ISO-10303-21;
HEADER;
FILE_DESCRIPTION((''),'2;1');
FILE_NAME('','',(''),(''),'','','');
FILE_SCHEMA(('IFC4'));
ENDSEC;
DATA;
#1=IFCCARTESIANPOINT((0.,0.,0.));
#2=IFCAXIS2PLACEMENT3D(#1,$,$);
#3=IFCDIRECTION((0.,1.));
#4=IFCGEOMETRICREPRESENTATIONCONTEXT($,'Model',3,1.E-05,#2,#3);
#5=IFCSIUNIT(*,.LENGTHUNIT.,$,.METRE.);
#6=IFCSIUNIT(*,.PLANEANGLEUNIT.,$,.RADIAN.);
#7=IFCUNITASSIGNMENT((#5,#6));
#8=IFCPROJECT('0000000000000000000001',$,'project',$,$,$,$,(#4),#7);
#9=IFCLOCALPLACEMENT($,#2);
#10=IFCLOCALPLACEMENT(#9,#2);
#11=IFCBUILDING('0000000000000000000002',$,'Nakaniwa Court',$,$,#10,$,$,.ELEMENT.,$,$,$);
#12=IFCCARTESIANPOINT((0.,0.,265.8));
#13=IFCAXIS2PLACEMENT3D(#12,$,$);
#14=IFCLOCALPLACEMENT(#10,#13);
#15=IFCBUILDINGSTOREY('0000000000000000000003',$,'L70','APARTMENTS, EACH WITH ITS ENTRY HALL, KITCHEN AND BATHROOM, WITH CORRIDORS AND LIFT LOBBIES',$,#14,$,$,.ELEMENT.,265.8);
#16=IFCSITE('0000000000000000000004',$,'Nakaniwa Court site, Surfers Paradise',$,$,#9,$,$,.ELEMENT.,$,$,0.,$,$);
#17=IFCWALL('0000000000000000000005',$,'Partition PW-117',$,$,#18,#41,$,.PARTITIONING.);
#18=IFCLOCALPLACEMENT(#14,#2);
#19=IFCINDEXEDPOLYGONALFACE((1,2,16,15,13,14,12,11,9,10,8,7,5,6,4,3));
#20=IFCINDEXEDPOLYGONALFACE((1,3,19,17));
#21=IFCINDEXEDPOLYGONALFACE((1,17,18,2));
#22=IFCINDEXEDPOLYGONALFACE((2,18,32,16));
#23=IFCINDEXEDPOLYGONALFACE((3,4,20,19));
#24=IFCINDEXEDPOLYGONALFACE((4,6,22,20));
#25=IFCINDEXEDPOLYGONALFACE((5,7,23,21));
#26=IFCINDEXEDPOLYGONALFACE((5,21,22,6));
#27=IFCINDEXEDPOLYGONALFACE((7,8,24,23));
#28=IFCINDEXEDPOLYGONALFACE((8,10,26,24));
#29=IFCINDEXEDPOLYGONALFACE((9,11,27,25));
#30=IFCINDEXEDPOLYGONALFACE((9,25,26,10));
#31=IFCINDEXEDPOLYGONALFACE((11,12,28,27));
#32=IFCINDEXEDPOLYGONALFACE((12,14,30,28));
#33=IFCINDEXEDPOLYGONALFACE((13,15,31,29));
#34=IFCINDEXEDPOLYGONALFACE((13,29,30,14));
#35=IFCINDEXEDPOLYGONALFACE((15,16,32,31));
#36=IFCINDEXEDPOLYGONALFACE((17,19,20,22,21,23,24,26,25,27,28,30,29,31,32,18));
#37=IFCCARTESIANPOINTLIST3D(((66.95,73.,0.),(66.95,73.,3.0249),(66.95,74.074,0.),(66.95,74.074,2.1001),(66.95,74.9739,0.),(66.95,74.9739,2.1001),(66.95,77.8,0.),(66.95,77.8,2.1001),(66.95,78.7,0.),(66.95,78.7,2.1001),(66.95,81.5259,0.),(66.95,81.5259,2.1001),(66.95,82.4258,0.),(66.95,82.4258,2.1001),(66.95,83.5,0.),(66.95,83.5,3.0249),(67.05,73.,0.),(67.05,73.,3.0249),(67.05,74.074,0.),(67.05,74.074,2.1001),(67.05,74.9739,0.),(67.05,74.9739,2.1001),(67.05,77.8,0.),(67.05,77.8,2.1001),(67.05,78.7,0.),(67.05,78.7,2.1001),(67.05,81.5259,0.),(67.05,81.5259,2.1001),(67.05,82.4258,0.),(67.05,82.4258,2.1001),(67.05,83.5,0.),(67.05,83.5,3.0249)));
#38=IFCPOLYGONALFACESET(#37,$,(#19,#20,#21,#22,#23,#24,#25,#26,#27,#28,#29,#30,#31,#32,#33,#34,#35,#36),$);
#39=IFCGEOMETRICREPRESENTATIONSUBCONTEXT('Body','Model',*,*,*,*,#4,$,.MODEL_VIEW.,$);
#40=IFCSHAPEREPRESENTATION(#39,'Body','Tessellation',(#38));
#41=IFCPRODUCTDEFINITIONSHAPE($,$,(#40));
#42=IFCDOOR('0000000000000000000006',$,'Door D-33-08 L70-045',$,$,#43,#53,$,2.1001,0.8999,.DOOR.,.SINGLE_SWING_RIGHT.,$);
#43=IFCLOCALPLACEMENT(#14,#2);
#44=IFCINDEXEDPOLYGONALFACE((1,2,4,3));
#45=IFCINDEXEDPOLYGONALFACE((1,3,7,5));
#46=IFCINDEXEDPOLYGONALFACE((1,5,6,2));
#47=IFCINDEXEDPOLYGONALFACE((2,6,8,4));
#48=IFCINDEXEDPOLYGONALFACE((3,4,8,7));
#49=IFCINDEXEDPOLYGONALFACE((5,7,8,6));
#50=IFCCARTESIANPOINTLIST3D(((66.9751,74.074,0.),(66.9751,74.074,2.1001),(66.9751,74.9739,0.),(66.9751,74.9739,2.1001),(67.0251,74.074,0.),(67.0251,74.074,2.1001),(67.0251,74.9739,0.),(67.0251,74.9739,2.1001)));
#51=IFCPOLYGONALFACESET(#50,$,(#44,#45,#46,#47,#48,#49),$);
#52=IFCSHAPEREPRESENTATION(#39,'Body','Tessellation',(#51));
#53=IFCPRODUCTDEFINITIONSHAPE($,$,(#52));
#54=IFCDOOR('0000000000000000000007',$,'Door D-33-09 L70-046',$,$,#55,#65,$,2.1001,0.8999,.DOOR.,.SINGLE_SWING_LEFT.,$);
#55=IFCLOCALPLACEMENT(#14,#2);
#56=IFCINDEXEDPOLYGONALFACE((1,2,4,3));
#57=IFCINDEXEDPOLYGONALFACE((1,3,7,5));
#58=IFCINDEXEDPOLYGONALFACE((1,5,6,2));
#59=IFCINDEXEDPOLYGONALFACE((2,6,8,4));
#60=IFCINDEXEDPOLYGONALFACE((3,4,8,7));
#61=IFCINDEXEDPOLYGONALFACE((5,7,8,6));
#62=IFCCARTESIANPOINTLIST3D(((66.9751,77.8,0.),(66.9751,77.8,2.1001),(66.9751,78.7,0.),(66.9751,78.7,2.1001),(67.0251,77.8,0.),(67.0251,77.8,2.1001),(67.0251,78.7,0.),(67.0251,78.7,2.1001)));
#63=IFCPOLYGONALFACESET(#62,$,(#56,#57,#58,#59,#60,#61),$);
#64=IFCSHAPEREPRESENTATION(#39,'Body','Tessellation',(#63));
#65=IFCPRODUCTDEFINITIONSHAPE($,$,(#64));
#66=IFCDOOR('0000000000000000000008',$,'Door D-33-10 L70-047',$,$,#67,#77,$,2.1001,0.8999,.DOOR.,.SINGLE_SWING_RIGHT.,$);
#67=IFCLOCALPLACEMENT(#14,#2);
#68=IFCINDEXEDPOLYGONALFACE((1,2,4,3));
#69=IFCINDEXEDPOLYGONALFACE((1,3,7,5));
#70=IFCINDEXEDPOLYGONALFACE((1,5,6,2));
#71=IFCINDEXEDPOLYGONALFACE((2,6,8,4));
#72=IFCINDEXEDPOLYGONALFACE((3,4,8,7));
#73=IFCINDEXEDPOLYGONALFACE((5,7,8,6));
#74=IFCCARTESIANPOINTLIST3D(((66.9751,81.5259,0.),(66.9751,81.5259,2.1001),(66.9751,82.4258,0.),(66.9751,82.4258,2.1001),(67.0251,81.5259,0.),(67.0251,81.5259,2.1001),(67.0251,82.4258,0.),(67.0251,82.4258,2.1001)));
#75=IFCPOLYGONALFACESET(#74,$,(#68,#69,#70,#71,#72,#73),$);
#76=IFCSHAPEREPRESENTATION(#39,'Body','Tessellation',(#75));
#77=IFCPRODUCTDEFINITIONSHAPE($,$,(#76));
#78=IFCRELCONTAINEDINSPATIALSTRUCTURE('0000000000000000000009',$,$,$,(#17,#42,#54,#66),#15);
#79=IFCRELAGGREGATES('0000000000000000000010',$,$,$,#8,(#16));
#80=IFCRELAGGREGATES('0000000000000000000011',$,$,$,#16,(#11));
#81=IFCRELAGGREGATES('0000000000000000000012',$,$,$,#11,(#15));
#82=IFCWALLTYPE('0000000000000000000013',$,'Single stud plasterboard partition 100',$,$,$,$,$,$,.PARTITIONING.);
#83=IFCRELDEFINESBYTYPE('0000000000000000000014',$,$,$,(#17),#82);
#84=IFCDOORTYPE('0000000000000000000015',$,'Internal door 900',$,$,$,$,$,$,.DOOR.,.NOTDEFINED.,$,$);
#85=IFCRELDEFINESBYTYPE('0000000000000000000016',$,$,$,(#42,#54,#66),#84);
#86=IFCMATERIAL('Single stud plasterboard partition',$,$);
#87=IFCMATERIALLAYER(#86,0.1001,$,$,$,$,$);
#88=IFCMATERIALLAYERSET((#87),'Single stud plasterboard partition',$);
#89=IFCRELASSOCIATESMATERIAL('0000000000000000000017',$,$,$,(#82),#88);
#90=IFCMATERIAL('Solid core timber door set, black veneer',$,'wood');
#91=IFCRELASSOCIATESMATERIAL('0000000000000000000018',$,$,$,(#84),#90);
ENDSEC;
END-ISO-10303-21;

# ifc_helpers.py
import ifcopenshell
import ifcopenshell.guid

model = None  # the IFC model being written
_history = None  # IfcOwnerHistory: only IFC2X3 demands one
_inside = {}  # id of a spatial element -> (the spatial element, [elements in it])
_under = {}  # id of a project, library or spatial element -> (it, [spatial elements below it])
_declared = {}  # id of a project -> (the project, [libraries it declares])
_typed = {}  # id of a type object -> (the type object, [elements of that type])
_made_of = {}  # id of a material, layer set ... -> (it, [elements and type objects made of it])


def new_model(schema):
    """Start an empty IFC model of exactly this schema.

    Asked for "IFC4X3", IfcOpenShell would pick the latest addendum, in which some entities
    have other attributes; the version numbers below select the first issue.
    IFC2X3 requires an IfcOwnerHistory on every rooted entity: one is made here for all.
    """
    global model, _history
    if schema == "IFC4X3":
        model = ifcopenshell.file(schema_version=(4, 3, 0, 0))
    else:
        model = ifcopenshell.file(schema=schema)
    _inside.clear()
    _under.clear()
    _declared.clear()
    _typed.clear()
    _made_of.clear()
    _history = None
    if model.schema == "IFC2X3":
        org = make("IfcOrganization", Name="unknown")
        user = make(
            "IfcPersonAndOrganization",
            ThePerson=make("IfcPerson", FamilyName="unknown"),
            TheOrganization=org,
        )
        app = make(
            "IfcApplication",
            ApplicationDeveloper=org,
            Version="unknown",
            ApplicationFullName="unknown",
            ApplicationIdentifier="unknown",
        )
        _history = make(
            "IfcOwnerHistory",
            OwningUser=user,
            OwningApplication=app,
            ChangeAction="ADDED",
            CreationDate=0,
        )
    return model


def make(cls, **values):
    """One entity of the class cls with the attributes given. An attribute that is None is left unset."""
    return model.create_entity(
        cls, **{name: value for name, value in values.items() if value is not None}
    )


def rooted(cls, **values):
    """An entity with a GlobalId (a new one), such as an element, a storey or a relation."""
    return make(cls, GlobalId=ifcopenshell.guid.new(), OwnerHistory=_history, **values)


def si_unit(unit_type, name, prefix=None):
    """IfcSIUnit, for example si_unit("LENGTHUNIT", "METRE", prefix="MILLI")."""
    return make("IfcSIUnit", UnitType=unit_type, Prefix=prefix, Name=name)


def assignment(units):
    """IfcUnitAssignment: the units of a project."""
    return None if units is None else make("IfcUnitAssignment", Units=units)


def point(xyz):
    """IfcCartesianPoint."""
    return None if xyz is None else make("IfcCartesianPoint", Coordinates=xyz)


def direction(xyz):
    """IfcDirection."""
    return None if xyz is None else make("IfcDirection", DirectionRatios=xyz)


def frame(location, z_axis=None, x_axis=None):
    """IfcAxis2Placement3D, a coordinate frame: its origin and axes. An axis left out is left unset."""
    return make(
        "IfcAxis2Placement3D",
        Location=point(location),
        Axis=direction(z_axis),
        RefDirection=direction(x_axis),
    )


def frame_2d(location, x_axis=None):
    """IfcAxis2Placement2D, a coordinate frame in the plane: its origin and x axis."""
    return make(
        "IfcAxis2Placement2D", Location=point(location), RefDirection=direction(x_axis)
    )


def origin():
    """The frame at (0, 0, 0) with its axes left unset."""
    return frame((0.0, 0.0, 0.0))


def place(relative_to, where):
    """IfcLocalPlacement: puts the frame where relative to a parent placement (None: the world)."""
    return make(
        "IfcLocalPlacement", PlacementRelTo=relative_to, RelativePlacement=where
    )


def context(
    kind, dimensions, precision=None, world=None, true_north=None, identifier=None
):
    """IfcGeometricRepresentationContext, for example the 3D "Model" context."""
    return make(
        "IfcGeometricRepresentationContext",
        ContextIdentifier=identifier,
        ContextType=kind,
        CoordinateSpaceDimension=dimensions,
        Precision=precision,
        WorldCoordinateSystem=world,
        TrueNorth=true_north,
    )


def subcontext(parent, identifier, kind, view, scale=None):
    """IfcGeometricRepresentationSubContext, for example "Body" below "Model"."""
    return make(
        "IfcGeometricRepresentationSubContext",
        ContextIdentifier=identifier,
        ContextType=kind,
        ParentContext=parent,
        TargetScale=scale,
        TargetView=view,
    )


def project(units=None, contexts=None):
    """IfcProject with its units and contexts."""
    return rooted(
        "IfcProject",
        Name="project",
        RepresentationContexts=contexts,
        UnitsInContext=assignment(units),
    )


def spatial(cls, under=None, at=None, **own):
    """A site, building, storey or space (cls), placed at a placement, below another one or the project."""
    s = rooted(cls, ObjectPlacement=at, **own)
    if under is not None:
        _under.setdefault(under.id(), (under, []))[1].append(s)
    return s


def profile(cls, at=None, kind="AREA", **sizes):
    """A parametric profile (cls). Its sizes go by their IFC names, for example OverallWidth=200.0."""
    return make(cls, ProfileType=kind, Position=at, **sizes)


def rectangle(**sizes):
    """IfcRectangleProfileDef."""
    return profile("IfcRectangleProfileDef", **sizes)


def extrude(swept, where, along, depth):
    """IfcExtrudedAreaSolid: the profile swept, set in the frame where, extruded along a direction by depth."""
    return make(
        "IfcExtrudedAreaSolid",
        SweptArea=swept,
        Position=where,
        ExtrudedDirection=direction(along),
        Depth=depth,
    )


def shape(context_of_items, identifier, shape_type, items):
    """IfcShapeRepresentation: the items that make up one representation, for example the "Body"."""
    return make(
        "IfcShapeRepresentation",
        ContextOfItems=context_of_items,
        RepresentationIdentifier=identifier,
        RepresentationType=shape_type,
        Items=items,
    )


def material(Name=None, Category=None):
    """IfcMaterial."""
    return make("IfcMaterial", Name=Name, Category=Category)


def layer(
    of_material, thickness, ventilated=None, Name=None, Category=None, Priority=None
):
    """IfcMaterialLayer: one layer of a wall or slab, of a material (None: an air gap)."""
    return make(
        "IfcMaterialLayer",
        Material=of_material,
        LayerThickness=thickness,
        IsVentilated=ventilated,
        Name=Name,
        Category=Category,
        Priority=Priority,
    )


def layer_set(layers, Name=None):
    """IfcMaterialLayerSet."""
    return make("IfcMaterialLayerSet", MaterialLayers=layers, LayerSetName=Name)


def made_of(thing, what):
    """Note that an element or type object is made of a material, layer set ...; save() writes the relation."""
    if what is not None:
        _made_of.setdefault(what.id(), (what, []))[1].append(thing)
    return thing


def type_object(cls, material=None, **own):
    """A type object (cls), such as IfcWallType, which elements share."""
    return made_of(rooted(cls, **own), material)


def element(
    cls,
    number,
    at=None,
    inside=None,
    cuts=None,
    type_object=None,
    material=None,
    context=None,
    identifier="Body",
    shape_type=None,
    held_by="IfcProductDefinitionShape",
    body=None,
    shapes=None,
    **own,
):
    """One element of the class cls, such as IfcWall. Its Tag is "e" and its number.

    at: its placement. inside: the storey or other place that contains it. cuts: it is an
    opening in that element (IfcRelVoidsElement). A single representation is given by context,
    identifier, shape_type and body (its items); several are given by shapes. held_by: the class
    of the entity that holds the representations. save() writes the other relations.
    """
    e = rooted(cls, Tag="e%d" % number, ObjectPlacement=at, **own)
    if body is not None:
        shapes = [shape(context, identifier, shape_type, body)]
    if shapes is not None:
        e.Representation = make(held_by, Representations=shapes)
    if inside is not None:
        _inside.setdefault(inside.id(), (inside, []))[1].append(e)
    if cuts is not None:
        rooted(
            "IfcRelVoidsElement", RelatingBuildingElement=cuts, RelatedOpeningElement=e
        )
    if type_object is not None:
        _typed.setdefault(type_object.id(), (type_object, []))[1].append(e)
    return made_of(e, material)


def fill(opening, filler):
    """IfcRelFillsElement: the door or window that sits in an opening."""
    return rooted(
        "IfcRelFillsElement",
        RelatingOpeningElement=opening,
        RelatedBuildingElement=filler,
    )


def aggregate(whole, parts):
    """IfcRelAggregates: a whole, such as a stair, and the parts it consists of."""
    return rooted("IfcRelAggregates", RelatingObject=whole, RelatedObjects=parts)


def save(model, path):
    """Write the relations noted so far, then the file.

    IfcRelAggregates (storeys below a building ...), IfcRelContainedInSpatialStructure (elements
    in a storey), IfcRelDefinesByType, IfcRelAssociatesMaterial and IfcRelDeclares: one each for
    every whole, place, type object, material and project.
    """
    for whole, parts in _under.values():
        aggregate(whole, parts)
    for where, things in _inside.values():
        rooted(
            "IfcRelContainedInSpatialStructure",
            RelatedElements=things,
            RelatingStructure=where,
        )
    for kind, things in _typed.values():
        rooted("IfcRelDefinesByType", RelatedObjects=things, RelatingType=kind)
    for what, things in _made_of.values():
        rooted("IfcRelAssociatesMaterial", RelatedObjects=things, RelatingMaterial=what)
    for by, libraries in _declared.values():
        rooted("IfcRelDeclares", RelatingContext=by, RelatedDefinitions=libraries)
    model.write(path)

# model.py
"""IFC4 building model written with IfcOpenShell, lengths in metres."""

from ifc_helpers import new_model, si_unit, direction, frame, frame_2d, origin, place, context, subcontext, project, spatial, rectangle, extrude, material, layer, layer_set, type_object, element, fill, save


model = new_model("IFC4")

# Units and contexts
model_context = context("Model", 3, precision=1e-05, world=origin(), true_north=direction((0.0, 1.0)))
body_context = subcontext(model_context, "Body", "Model", "MODEL_VIEW")
ifc_project = project(units=[si_unit("LENGTHUNIT", "METRE"), si_unit("PLANEANGLEUNIT", "RADIAN")], contexts=[model_context])

# Site, building, storey
site_placement = place(None, origin())
site = spatial("IfcSite", under=ifc_project, at=site_placement, Name="Nakaniwa Court site, Surfers Paradise", CompositionType="ELEMENT", RefElevation=0.0)
building_placement = place(site_placement, origin())
building = spatial("IfcBuilding", under=site, at=building_placement, Name="Nakaniwa Court", CompositionType="ELEMENT")
storey_placement = place(building_placement, frame((0.0, 0.0, 265.8)))
storey = spatial("IfcBuildingStorey", under=building, at=storey_placement, Name="L70", Description="APARTMENTS, EACH WITH ITS ENTRY HALL, KITCHEN AND BATHROOM, WITH CORRIDORS AND LIFT LOBBIES", CompositionType="ELEMENT", Elevation=265.8)

# Shared definitions
ifc_material_1 = material(Name="Single stud plasterboard partition")
ifc_layer_1 = layer(ifc_material_1, 0.1001)
ifc_layer_set_1 = layer_set([ifc_layer_1], Name="Single stud plasterboard partition")
wall_type_1 = type_object("IfcWallType", Name="Single stud plasterboard partition 100", PredefinedType="PARTITIONING", material=ifc_layer_set_1)

# Wall, openings, doors
wall_1_placement = place(storey_placement, frame((67.0, 73.0, 0.0), z_axis=(0.0, 0.0, 1.0), x_axis=(0.0, 1.0, 0.0)))
wall_1 = element("IfcWall", 1, at=wall_1_placement, inside=storey, type_object=wall_type_1, Name="Partition PW-117", PredefinedType="PARTITIONING", context=body_context, shape_type="SweptSolid", body=[
    extrude(rectangle(XDim=10.5, YDim=0.1001, at=frame_2d((5.25, 0.0))), origin(), (0.0, 0.0, 1.0), 3.0249),
])
opening_1_placement = place(wall_1_placement, frame((1.074, 0.0, 0.0)))
opening_1 = element("IfcOpeningElement", 2, at=opening_1_placement, cuts=wall_1, PredefinedType="OPENING", context=body_context, shape_type="SweptSolid", body=[
    extrude(rectangle(XDim=0.8999, YDim=2.1001, at=frame_2d((0.45, 1.05))), frame((0.0, 0.0601, 0.0), z_axis=(0.0, -1.0, 0.0), x_axis=(1.0, 0.0, 0.0)), (0.0, 0.0, 1.0), 0.1201),
])
opening_2_placement = place(wall_1_placement, frame((4.8, 0.0, 0.0)))
opening_2 = element("IfcOpeningElement", 3, at=opening_2_placement, cuts=wall_1, PredefinedType="OPENING", context=body_context, shape_type="SweptSolid", body=[
    extrude(rectangle(XDim=0.8999, YDim=2.1001, at=frame_2d((0.45, 1.05))), frame((0.0, 0.0601, 0.0), z_axis=(0.0, -1.0, 0.0), x_axis=(1.0, 0.0, 0.0)), (0.0, 0.0, 1.0), 0.1201),
])
opening_3_placement = place(wall_1_placement, frame((8.5259, 0.0, 0.0)))
opening_3 = element("IfcOpeningElement", 4, at=opening_3_placement, cuts=wall_1, PredefinedType="OPENING", context=body_context, shape_type="SweptSolid", body=[
    extrude(rectangle(XDim=0.8999, YDim=2.1001, at=frame_2d((0.45, 1.05))), frame((0.0, 0.0601, 0.0), z_axis=(0.0, -1.0, 0.0), x_axis=(1.0, 0.0, 0.0)), (0.0, 0.0, 1.0), 0.1201),
])
ifc_material_2 = material(Name="Solid core timber door set, black veneer", Category="wood")
door_type = type_object("IfcDoorType", Name="Internal door 900", OperationType="NOTDEFINED", PredefinedType="DOOR", material=ifc_material_2)
door_1_placement = place(opening_1_placement, origin())
door_1 = element("IfcDoor", 5, at=door_1_placement, inside=storey, type_object=door_type, Name="Door D-33-08 L70-045", OperationType="SINGLE_SWING_RIGHT", OverallHeight=2.1001, OverallWidth=0.8999, PredefinedType="DOOR", context=body_context, shape_type="SweptSolid", body=[
    extrude(rectangle(XDim=0.8999, YDim=2.1001, at=frame_2d((0.45, 1.05))), frame((0.0, 0.0249, 0.0), z_axis=(0.0, -1.0, 0.0), x_axis=(1.0, 0.0, 0.0)), (0.0, 0.0, 1.0), 0.05),
])
fill(opening_1, door_1)
door_2_placement = place(opening_2_placement, origin())
door_2 = element("IfcDoor", 6, at=door_2_placement, inside=storey, type_object=door_type, Name="Door D-33-09 L70-046", OperationType="SINGLE_SWING_LEFT", OverallHeight=2.1001, OverallWidth=0.8999, PredefinedType="DOOR", context=body_context, shape_type="SweptSolid", body=[
    extrude(rectangle(XDim=0.8999, YDim=2.1001, at=frame_2d((0.45, 1.05))), frame((0.0, 0.0249, 0.0), z_axis=(0.0, -1.0, 0.0), x_axis=(1.0, 0.0, 0.0)), (0.0, 0.0, 1.0), 0.05),
])
fill(opening_2, door_2)
door_3_placement = place(opening_3_placement, origin())
door_3 = element("IfcDoor", 7, at=door_3_placement, inside=storey, type_object=door_type, Name="Door D-33-10 L70-047", OperationType="SINGLE_SWING_RIGHT", OverallHeight=2.1001, OverallWidth=0.8999, PredefinedType="DOOR", context=body_context, shape_type="SweptSolid", body=[
    extrude(rectangle(XDim=0.8999, YDim=2.1001, at=frame_2d((0.45, 1.05))), frame((0.0, 0.0249, 0.0), z_axis=(0.0, -1.0, 0.0), x_axis=(1.0, 0.0, 0.0)), (0.0, 0.0, 1.0), 0.05),
])
fill(opening_3, door_3)

save(model, "model.ifc")
